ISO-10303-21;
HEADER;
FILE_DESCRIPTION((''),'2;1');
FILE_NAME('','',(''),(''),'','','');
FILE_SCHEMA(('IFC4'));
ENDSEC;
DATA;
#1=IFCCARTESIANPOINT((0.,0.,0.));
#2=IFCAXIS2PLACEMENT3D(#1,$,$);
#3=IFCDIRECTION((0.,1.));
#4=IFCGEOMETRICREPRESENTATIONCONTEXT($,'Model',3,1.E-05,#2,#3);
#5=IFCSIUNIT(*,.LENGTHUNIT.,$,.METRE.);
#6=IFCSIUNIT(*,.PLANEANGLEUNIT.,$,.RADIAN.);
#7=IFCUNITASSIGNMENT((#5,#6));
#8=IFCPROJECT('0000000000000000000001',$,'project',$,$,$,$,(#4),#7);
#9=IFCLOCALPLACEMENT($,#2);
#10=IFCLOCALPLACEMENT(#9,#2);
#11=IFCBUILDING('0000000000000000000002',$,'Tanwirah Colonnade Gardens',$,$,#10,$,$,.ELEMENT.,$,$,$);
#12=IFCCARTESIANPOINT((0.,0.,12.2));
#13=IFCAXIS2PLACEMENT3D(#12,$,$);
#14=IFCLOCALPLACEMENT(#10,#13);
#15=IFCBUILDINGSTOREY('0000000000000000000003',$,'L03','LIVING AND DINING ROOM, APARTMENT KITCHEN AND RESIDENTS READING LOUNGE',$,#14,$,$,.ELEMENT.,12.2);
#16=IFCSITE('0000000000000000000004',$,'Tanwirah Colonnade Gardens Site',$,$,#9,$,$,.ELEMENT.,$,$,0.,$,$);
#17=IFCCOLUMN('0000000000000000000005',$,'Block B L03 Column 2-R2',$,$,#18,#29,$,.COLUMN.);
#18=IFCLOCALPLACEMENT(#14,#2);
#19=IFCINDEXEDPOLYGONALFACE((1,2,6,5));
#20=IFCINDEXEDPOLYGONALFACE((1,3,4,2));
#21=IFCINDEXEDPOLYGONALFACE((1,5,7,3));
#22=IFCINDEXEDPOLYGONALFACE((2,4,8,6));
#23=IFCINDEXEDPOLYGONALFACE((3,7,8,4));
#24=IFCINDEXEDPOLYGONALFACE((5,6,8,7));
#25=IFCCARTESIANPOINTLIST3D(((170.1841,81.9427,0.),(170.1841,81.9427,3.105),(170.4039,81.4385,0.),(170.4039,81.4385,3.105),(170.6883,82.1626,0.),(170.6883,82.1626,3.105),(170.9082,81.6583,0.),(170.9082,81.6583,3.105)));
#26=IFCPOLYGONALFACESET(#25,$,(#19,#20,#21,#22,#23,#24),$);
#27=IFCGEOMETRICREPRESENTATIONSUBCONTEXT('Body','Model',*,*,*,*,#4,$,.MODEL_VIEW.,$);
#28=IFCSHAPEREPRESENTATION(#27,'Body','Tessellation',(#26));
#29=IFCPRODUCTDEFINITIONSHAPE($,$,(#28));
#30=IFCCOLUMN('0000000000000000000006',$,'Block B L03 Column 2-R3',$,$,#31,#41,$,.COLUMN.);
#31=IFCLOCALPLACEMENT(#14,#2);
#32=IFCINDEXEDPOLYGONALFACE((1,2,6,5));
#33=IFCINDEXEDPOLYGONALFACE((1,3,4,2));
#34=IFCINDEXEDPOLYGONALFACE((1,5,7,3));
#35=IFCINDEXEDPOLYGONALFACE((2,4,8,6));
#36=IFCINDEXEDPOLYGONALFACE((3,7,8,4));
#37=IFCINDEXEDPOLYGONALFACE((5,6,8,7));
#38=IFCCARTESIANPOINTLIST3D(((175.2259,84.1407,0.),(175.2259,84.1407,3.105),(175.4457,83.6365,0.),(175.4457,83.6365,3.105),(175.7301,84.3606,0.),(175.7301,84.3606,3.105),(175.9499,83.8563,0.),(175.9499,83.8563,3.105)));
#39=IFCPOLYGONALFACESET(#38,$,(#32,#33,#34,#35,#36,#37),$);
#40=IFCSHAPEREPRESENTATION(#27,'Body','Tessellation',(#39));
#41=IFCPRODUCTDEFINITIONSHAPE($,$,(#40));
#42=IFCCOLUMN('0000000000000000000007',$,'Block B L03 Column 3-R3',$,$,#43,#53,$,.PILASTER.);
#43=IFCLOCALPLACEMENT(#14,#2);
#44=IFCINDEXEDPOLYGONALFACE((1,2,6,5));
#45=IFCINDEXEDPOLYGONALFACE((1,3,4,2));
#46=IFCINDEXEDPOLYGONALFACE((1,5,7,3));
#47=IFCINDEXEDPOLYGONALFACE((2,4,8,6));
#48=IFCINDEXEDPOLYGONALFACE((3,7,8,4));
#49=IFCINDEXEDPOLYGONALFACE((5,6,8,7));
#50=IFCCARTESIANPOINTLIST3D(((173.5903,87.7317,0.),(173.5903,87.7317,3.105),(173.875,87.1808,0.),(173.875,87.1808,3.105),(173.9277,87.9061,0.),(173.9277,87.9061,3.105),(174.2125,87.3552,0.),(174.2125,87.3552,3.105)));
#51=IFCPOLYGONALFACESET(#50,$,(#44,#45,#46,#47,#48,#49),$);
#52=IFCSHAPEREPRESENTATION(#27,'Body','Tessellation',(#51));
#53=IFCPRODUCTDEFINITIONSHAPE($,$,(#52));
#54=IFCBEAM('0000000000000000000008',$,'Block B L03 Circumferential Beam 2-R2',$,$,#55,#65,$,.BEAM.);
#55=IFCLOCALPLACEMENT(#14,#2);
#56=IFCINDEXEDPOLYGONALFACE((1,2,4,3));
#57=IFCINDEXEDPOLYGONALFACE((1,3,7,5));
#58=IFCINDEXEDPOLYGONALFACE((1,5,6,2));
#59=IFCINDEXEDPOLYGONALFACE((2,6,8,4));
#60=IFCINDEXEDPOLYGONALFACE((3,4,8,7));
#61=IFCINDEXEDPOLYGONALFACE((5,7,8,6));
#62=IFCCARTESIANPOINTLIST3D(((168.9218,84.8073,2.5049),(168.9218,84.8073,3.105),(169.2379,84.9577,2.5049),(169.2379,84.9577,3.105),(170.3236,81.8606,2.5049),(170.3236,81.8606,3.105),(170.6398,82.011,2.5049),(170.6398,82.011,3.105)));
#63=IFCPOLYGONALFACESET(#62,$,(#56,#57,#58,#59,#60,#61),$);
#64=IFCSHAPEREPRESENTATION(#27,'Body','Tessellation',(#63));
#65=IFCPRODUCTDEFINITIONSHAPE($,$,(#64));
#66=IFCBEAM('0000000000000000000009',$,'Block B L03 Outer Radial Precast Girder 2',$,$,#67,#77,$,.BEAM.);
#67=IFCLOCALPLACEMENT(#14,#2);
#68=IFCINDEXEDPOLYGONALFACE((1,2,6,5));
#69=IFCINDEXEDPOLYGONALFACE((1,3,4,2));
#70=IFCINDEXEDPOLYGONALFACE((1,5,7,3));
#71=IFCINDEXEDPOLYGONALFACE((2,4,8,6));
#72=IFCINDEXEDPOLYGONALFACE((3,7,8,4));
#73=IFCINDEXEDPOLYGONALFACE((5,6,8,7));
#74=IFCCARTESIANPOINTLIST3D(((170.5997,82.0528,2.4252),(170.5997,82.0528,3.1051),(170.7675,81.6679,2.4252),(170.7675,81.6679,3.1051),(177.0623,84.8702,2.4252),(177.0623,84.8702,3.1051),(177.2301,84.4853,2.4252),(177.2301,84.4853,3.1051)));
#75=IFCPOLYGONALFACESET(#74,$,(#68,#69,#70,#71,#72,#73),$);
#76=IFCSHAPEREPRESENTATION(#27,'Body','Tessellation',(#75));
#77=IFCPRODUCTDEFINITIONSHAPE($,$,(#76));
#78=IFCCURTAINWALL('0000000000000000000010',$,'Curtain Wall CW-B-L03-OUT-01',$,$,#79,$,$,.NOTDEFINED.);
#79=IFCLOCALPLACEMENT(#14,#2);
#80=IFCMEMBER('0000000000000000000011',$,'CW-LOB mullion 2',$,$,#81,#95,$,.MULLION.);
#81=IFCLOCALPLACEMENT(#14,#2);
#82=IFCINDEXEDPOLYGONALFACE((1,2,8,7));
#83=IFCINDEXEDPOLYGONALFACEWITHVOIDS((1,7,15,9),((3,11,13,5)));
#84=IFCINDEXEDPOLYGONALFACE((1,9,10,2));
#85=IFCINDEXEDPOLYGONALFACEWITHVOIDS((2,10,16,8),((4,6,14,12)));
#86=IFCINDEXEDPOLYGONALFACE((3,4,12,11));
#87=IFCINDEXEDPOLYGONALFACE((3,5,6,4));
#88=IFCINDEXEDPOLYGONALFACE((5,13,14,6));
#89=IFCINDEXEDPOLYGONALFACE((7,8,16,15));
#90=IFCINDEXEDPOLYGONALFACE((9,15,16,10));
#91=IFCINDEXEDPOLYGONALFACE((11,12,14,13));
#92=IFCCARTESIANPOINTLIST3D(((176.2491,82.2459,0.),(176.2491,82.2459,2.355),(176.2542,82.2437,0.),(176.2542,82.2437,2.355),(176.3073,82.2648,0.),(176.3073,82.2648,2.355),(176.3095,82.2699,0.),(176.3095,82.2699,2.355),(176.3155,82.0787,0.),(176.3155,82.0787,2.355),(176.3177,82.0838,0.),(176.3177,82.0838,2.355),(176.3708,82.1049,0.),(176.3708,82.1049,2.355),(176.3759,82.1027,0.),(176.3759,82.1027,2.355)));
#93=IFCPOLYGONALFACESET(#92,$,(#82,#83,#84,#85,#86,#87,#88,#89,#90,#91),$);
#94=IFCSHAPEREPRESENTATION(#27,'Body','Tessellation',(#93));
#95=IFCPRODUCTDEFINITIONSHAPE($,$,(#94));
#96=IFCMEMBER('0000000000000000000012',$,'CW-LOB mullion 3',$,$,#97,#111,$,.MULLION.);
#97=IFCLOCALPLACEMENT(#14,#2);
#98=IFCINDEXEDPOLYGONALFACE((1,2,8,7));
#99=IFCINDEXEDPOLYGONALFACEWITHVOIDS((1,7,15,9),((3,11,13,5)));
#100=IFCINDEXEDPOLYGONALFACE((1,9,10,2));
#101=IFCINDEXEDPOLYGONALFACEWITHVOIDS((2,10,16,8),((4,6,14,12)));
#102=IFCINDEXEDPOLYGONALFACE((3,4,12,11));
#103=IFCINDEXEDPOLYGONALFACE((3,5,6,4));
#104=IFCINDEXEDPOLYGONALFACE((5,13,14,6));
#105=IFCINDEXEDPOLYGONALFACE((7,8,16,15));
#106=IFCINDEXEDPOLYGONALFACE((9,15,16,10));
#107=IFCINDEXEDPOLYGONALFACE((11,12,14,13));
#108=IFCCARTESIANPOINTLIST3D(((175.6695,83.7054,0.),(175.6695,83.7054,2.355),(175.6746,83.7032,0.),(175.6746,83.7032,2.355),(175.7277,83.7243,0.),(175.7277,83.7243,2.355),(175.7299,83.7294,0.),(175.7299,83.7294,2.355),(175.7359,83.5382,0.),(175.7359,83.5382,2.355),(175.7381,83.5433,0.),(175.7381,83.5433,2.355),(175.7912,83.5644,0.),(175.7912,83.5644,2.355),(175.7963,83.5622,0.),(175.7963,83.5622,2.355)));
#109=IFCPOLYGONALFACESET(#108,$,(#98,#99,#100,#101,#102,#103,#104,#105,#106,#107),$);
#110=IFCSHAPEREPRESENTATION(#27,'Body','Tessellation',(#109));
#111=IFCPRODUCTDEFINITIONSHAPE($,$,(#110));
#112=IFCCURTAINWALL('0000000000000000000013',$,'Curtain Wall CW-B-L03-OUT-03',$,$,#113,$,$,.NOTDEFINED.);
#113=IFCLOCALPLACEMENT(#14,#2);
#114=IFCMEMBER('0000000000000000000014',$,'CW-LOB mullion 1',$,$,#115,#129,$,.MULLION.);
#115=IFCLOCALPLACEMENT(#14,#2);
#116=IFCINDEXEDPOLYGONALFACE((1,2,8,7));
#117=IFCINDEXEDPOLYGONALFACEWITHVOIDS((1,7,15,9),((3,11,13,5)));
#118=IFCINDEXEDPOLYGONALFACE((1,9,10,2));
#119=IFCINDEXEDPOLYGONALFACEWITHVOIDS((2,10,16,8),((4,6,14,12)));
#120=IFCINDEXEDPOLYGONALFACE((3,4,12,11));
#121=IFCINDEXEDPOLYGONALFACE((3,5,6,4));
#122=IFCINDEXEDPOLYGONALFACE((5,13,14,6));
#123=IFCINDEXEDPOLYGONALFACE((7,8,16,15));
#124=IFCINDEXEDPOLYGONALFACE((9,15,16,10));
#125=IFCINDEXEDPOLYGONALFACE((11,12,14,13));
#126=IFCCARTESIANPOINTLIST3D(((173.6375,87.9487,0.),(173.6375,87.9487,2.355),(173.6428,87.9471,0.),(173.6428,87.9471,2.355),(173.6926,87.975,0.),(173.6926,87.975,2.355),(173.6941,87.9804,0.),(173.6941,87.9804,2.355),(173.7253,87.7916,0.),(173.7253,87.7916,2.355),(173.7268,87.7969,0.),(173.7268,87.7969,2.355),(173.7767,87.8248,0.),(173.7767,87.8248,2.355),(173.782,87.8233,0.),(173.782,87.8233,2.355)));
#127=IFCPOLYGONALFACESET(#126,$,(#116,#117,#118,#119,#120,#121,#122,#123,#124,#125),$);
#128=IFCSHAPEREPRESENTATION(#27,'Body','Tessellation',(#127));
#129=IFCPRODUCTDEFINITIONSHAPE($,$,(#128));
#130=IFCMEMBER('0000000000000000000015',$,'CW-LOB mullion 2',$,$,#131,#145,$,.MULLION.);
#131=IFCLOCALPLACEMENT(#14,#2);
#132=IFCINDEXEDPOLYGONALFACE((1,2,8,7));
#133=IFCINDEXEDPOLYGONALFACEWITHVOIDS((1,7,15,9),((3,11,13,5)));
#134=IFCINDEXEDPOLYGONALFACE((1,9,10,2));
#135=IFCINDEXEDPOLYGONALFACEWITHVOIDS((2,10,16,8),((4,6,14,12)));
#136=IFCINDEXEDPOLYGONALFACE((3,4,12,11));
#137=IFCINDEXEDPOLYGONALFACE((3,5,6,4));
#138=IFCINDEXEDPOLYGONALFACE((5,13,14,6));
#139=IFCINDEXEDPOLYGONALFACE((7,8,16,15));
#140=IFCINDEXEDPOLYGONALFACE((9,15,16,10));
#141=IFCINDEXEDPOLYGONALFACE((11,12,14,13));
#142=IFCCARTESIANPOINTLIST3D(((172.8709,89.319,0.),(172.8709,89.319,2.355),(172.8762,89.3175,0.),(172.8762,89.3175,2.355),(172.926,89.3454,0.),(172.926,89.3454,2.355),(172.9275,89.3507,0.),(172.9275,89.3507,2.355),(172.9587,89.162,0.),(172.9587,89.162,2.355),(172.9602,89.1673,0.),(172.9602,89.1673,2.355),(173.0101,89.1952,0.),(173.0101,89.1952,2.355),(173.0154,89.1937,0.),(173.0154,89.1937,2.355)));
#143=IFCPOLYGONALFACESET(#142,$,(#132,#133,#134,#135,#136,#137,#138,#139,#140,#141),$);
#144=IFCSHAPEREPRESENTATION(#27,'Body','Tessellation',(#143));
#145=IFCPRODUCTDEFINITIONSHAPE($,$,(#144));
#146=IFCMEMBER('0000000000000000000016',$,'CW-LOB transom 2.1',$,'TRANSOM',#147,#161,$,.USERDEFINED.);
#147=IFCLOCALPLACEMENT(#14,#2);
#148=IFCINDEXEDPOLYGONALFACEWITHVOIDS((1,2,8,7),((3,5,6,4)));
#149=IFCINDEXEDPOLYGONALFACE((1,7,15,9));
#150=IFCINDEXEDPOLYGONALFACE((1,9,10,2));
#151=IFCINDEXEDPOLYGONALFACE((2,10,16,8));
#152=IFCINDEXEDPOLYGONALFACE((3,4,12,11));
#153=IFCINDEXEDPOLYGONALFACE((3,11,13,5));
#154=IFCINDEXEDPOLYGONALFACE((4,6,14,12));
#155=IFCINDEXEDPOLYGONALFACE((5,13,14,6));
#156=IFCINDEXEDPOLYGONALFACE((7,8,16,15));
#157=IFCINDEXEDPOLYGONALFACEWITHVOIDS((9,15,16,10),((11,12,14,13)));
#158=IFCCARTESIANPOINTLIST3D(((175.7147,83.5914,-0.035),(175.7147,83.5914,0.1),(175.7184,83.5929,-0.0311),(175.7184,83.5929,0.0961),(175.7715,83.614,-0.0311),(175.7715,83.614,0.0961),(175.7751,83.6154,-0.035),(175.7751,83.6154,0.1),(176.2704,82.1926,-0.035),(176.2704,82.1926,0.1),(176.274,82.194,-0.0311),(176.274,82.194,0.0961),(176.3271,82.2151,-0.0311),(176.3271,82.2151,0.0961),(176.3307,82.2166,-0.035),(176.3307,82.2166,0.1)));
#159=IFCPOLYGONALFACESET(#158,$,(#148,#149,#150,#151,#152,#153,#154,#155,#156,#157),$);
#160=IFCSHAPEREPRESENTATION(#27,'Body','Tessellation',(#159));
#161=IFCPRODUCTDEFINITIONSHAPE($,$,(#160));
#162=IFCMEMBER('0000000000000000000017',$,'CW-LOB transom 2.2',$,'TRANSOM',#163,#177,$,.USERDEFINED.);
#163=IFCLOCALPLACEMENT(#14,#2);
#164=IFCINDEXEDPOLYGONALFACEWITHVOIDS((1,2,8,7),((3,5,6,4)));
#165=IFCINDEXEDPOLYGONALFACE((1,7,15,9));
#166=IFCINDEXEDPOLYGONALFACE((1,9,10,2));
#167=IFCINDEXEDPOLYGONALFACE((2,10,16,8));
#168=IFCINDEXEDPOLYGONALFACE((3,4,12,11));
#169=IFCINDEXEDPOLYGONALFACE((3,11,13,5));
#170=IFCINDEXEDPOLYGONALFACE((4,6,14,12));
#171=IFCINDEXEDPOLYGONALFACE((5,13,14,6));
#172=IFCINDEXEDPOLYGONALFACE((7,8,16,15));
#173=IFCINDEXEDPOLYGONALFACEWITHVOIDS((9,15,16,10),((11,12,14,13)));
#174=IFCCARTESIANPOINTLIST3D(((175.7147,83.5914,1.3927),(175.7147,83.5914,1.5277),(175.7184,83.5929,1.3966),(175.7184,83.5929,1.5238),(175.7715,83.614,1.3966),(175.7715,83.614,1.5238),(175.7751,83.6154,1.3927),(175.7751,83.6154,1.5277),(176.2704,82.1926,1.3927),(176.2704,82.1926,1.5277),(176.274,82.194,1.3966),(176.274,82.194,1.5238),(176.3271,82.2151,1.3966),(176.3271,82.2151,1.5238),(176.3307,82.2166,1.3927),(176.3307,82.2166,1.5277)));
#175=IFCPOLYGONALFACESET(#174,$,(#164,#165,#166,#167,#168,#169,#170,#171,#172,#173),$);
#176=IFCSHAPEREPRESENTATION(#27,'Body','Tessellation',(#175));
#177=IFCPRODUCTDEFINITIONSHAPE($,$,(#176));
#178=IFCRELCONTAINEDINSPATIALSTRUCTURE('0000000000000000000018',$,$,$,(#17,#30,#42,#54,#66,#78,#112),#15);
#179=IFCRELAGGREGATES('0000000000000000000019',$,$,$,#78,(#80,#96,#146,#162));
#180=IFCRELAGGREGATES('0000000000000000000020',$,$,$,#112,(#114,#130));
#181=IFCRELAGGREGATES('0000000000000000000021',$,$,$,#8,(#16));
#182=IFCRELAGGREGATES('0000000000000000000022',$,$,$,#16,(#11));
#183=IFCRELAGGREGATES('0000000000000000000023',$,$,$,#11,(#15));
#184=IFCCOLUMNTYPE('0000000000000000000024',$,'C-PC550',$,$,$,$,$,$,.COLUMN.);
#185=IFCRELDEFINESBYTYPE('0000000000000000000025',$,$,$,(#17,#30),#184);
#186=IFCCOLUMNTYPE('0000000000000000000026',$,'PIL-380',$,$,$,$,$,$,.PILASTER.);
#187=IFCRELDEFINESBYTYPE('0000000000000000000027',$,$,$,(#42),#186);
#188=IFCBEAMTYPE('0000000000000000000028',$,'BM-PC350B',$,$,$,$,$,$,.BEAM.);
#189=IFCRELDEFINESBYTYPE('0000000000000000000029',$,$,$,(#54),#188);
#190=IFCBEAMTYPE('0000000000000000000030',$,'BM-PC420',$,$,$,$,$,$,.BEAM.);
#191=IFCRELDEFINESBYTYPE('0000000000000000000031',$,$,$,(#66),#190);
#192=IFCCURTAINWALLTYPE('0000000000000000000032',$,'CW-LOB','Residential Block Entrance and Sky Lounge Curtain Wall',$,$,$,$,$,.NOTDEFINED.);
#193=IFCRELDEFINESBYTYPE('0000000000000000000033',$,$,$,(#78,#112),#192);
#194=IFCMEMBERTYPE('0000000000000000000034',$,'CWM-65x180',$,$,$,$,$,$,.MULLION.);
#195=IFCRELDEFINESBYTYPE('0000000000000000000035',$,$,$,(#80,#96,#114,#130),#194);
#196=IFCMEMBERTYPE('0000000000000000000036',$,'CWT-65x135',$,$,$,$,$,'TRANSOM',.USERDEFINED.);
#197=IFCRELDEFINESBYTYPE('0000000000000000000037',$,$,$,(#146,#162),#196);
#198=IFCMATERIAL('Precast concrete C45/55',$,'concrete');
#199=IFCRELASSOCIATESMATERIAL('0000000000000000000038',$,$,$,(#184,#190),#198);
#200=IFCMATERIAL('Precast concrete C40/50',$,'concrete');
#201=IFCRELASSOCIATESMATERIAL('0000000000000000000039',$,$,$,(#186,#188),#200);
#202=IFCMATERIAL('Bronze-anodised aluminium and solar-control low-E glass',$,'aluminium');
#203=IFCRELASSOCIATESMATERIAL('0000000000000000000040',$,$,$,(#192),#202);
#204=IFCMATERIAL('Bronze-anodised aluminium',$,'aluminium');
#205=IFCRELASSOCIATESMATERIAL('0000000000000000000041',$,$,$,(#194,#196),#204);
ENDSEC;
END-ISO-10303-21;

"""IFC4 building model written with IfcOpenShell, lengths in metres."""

from ifc_helpers import new_model, si_unit, direction, frame, origin, origin_2d, place, context, subcontext, project, spatial, rectangle, hollow_rectangle, extrude, material, material_profile, profile_set, type_object, element, aggregate, save


model = new_model("IFC4")

# Units and contexts
model_context = context("Model", 3, precision=1e-05, world=origin(), true_north=direction((0.0, 1.0)))
body_context = subcontext(model_context, "Body", "Model", "MODEL_VIEW")
ifc_project = project(units=[si_unit("LENGTHUNIT", "METRE"), si_unit("PLANEANGLEUNIT", "RADIAN")], contexts=[model_context])

# Site, building, storey
site_placement = place(None, origin())
site = spatial("IfcSite", under=ifc_project, at=site_placement, Name="Tanwirah Colonnade Gardens Site", CompositionType="ELEMENT", RefElevation=0.0)
building_placement = place(site_placement, origin())
building = spatial("IfcBuilding", under=site, at=building_placement, Name="Tanwirah Colonnade Gardens", CompositionType="ELEMENT")
storey_placement = place(building_placement, frame((0.0, 0.0, 12.2)))
storey = spatial("IfcBuildingStorey", under=building, at=storey_placement, Name="L03", Description="LIVING AND DINING ROOM, APARTMENT KITCHEN AND RESIDENTS READING LOUNGE", CompositionType="ELEMENT", Elevation=12.2)

# Columns
ifc_material_1 = material(Name="Precast concrete C45/55", Category="concrete")
ifc_material_profile_1 = material_profile(ifc_material_1, rectangle(XDim=0.55, YDim=0.55, at=origin_2d()), Name="PC-COL 550x550")
ifc_profile_set_1 = profile_set([ifc_material_profile_1], Name="Precast concrete C45/55")
column_type_1 = type_object("IfcColumnType", Name="C-PC550", PredefinedType="COLUMN", material=ifc_profile_set_1)
for number, where, z_axis, x_axis, name in (
    (1, (170.5461, 81.8005, 0.0), (0.0, 0.0, 1.0), (0.916673, 0.399638, 0.0), "Block B L03 Column 2-R2"),
    (2, (175.5879, 83.9985, 0.0), (0.0, 0.0, 1.0), (0.916673, 0.399638, 0.0), "Block B L03 Column 2-R3"),
):
    element("IfcColumn", number, at=place(storey_placement, frame(where, z_axis=z_axis, x_axis=x_axis)), inside=storey, type_object=column_type_1, Name=name, PredefinedType="COLUMN", context=body_context, shape_type="SweptSolid", body=[
        extrude(rectangle(XDim=0.55, YDim=0.55, at=origin_2d()), origin(), (0.0, 0.0, 1.0), 3.105),
    ])
ifc_material_2 = material(Name="Precast concrete C40/50", Category="concrete")
ifc_material_profile_2 = material_profile(ifc_material_2, rectangle(XDim=0.3799, YDim=0.6201, at=origin_2d()), Name="PC-PIL 380x620")
ifc_profile_set_2 = profile_set([ifc_material_profile_2], Name="Precast concrete C40/50")
column_type_2 = type_object("IfcColumnType", Name="PIL-380", PredefinedType="PILASTER", material=ifc_profile_set_2)
column_placement = place(storey_placement, frame((173.9014, 87.5435, 0.0), z_axis=(0.0, 0.0, 1.0), x_axis=(0.88835, 0.459166, 0.0)))
element("IfcColumn", 3, at=column_placement, inside=storey, type_object=column_type_2, Name="Block B L03 Column 3-R3", PredefinedType="PILASTER", context=body_context, shape_type="SweptSolid", body=[
    extrude(rectangle(XDim=0.3799, YDim=0.6201, at=origin_2d()), origin(), (0.0, 0.0, 1.0), 3.105),
])

# Beams
ifc_material_profile_3 = material_profile(ifc_material_2, rectangle(XDim=0.3501, YDim=0.6001, at=origin_2d()), Name="PC-BM 350x600")
ifc_profile_set_3 = profile_set([ifc_material_profile_3], Name="Precast concrete C40/50")
beam_type_1 = type_object("IfcBeamType", Name="BM-PC350B", PredefinedType="BEAM", material=ifc_profile_set_3)
beam_1_placement = place(storey_placement, frame((170.4817, 81.9358, 2.8049), z_axis=(-0.429591, 0.903024, 0.0), x_axis=(-0.903024, -0.429591, 0.0)))
element("IfcBeam", 4, at=beam_1_placement, inside=storey, type_object=beam_type_1, Name="Block B L03 Circumferential Beam 2-R2", PredefinedType="BEAM", context=body_context, shape_type="SweptSolid", body=[
    extrude(rectangle(XDim=0.3501, YDim=0.6001, at=origin_2d()), origin(), (0.0, 0.0, 1.0), 3.2632),
])
ifc_material_profile_4 = material_profile(ifc_material_1, rectangle(XDim=0.4199, YDim=0.6799, at=origin_2d()), Name="PC-BM 420x680")
ifc_profile_set_4 = profile_set([ifc_material_profile_4], Name="Precast concrete C45/55")
beam_type_2 = type_object("IfcBeamType", Name="BM-PC420", PredefinedType="BEAM", material=ifc_profile_set_4)
beam_2_placement = place(storey_placement, frame((170.6836, 81.8604, 2.7651), z_axis=(0.916679, 0.399625, 0.0), x_axis=(-0.399625, 0.916679, 0.0)))
element("IfcBeam", 5, at=beam_2_placement, inside=storey, type_object=beam_type_2, Name="Block B L03 Outer Radial Precast Girder 2", PredefinedType="BEAM", context=body_context, shape_type="SweptSolid", body=[
    extrude(rectangle(XDim=0.4199, YDim=0.6799, at=origin_2d()), origin(), (0.0, 0.0, 1.0), 7.05),
])

# Curtain walls, members
ifc_material_3 = material(Name="Bronze-anodised aluminium and solar-control low-E glass", Category="aluminium")
curtain_wall_type = type_object("IfcCurtainWallType", Name="CW-LOB", Description="Residential Block Entrance and Sky Lounge Curtain Wall", PredefinedType="NOTDEFINED", material=ifc_material_3)
curtain_wall_1_placement = place(storey_placement, origin())
curtain_wall_1 = element("IfcCurtainWall", 6, at=curtain_wall_1_placement, inside=storey, type_object=curtain_wall_type, Name="Curtain Wall CW-B-L03-OUT-01", PredefinedType="NOTDEFINED")
ifc_material_4 = material(Name="Bronze-anodised aluminium", Category="aluminium")
ifc_material_profile_5 = material_profile(ifc_material_4, hollow_rectangle(XDim=0.0649, YDim=0.1799, WallThickness=0.0039, at=origin_2d()), Name="CW-MUL 65x180x4")
ifc_profile_set_5 = profile_set([ifc_material_profile_5], Name="Bronze-anodised aluminium")
member_type_1 = type_object("IfcMemberType", Name="CWM-65x180", PredefinedType="MULLION", material=ifc_profile_set_5)
member_1_placement = place(storey_placement, frame((176.3125, 82.1743, 0.0), z_axis=(0.0, 0.0, 1.0), x_axis=(-0.929348, -0.369206, 0.0)))
member_1 = element("IfcMember", 7, at=member_1_placement, type_object=member_type_1, Name="CW-LOB mullion 2", PredefinedType="MULLION", context=body_context, shape_type="SweptSolid", body=[
    extrude(hollow_rectangle(XDim=0.0649, YDim=0.1799, WallThickness=0.0039, at=origin_2d()), origin(), (0.0, 0.0, 1.0), 2.355),
])
member_2_placement = place(storey_placement, frame((175.7329, 83.6338, 0.0), z_axis=(0.0, 0.0, 1.0), x_axis=(-0.929348, -0.369206, 0.0)))
member_2 = element("IfcMember", 8, at=member_2_placement, type_object=member_type_1, Name="CW-LOB mullion 3", PredefinedType="MULLION", context=body_context, shape_type="SweptSolid", body=[
    extrude(hollow_rectangle(XDim=0.0649, YDim=0.1799, WallThickness=0.0039, at=origin_2d()), origin(), (0.0, 0.0, 1.0), 2.355),
])
curtain_wall_2_placement = place(storey_placement, origin())
curtain_wall_2 = element("IfcCurtainWall", 9, at=curtain_wall_2_placement, inside=storey, type_object=curtain_wall_type, Name="Curtain Wall CW-B-L03-OUT-03", PredefinedType="NOTDEFINED")
member_3_placement = place(storey_placement, frame((173.7097, 87.886, 0.0), z_axis=(0.0, 0.0, 1.0), x_axis=(-0.872732, -0.4882, 0.0)))
member_3 = element("IfcMember", 10, at=member_3_placement, type_object=member_type_1, Name="CW-LOB mullion 1", PredefinedType="MULLION", context=body_context, shape_type="SweptSolid", body=[
    extrude(hollow_rectangle(XDim=0.0649, YDim=0.1799, WallThickness=0.0039, at=origin_2d()), origin(), (0.0, 0.0, 1.0), 2.355),
])
member_4_placement = place(storey_placement, frame((172.9431, 89.2563, 0.0), z_axis=(0.0, 0.0, 1.0), x_axis=(-0.872732, -0.4882, 0.0)))
member_4 = element("IfcMember", 11, at=member_4_placement, type_object=member_type_1, Name="CW-LOB mullion 2", PredefinedType="MULLION", context=body_context, shape_type="SweptSolid", body=[
    extrude(hollow_rectangle(XDim=0.0649, YDim=0.1799, WallThickness=0.0039, at=origin_2d()), origin(), (0.0, 0.0, 1.0), 2.355),
])

# Members
ifc_material_profile_6 = material_profile(ifc_material_4, hollow_rectangle(XDim=0.0649, YDim=0.135, WallThickness=0.0039, at=origin_2d()), Name="CW-TRN 65x135x4")
ifc_profile_set_6 = profile_set([ifc_material_profile_6], Name="Bronze-anodised aluminium")
member_type_2 = type_object("IfcMemberType", Name="CWT-65x135", ElementType="TRANSOM", PredefinedType="USERDEFINED", material=ifc_profile_set_6)
member_5_placement = place(storey_placement, frame((176.3005, 82.2046, 0.0325), z_axis=(-0.369152, 0.929369, 0.0), x_axis=(-0.929369, -0.369152, 0.0)))
member_5 = element("IfcMember", 12, at=member_5_placement, type_object=member_type_2, Name="CW-LOB transom 2.1", ObjectType="TRANSOM", PredefinedType="USERDEFINED", context=body_context, shape_type="SweptSolid", body=[
    extrude(hollow_rectangle(XDim=0.0649, YDim=0.135, WallThickness=0.0039, at=origin_2d()), origin(), (0.0, 0.0, 1.0), 1.5051),
])
member_6_placement = place(storey_placement, frame((176.3005, 82.2046, 1.4602), z_axis=(-0.369152, 0.929369, 0.0), x_axis=(-0.929369, -0.369152, 0.0)))
member_6 = element("IfcMember", 13, at=member_6_placement, type_object=member_type_2, Name="CW-LOB transom 2.2", ObjectType="TRANSOM", PredefinedType="USERDEFINED", context=body_context, shape_type="SweptSolid", body=[
    extrude(hollow_rectangle(XDim=0.0649, YDim=0.135, WallThickness=0.0039, at=origin_2d()), origin(), (0.0, 0.0, 1.0), 1.5051),
])

aggregate(curtain_wall_1, [member_1, member_2, member_5, member_6])
aggregate(curtain_wall_2, [member_3, member_4])

save(model, "model.ifc")
